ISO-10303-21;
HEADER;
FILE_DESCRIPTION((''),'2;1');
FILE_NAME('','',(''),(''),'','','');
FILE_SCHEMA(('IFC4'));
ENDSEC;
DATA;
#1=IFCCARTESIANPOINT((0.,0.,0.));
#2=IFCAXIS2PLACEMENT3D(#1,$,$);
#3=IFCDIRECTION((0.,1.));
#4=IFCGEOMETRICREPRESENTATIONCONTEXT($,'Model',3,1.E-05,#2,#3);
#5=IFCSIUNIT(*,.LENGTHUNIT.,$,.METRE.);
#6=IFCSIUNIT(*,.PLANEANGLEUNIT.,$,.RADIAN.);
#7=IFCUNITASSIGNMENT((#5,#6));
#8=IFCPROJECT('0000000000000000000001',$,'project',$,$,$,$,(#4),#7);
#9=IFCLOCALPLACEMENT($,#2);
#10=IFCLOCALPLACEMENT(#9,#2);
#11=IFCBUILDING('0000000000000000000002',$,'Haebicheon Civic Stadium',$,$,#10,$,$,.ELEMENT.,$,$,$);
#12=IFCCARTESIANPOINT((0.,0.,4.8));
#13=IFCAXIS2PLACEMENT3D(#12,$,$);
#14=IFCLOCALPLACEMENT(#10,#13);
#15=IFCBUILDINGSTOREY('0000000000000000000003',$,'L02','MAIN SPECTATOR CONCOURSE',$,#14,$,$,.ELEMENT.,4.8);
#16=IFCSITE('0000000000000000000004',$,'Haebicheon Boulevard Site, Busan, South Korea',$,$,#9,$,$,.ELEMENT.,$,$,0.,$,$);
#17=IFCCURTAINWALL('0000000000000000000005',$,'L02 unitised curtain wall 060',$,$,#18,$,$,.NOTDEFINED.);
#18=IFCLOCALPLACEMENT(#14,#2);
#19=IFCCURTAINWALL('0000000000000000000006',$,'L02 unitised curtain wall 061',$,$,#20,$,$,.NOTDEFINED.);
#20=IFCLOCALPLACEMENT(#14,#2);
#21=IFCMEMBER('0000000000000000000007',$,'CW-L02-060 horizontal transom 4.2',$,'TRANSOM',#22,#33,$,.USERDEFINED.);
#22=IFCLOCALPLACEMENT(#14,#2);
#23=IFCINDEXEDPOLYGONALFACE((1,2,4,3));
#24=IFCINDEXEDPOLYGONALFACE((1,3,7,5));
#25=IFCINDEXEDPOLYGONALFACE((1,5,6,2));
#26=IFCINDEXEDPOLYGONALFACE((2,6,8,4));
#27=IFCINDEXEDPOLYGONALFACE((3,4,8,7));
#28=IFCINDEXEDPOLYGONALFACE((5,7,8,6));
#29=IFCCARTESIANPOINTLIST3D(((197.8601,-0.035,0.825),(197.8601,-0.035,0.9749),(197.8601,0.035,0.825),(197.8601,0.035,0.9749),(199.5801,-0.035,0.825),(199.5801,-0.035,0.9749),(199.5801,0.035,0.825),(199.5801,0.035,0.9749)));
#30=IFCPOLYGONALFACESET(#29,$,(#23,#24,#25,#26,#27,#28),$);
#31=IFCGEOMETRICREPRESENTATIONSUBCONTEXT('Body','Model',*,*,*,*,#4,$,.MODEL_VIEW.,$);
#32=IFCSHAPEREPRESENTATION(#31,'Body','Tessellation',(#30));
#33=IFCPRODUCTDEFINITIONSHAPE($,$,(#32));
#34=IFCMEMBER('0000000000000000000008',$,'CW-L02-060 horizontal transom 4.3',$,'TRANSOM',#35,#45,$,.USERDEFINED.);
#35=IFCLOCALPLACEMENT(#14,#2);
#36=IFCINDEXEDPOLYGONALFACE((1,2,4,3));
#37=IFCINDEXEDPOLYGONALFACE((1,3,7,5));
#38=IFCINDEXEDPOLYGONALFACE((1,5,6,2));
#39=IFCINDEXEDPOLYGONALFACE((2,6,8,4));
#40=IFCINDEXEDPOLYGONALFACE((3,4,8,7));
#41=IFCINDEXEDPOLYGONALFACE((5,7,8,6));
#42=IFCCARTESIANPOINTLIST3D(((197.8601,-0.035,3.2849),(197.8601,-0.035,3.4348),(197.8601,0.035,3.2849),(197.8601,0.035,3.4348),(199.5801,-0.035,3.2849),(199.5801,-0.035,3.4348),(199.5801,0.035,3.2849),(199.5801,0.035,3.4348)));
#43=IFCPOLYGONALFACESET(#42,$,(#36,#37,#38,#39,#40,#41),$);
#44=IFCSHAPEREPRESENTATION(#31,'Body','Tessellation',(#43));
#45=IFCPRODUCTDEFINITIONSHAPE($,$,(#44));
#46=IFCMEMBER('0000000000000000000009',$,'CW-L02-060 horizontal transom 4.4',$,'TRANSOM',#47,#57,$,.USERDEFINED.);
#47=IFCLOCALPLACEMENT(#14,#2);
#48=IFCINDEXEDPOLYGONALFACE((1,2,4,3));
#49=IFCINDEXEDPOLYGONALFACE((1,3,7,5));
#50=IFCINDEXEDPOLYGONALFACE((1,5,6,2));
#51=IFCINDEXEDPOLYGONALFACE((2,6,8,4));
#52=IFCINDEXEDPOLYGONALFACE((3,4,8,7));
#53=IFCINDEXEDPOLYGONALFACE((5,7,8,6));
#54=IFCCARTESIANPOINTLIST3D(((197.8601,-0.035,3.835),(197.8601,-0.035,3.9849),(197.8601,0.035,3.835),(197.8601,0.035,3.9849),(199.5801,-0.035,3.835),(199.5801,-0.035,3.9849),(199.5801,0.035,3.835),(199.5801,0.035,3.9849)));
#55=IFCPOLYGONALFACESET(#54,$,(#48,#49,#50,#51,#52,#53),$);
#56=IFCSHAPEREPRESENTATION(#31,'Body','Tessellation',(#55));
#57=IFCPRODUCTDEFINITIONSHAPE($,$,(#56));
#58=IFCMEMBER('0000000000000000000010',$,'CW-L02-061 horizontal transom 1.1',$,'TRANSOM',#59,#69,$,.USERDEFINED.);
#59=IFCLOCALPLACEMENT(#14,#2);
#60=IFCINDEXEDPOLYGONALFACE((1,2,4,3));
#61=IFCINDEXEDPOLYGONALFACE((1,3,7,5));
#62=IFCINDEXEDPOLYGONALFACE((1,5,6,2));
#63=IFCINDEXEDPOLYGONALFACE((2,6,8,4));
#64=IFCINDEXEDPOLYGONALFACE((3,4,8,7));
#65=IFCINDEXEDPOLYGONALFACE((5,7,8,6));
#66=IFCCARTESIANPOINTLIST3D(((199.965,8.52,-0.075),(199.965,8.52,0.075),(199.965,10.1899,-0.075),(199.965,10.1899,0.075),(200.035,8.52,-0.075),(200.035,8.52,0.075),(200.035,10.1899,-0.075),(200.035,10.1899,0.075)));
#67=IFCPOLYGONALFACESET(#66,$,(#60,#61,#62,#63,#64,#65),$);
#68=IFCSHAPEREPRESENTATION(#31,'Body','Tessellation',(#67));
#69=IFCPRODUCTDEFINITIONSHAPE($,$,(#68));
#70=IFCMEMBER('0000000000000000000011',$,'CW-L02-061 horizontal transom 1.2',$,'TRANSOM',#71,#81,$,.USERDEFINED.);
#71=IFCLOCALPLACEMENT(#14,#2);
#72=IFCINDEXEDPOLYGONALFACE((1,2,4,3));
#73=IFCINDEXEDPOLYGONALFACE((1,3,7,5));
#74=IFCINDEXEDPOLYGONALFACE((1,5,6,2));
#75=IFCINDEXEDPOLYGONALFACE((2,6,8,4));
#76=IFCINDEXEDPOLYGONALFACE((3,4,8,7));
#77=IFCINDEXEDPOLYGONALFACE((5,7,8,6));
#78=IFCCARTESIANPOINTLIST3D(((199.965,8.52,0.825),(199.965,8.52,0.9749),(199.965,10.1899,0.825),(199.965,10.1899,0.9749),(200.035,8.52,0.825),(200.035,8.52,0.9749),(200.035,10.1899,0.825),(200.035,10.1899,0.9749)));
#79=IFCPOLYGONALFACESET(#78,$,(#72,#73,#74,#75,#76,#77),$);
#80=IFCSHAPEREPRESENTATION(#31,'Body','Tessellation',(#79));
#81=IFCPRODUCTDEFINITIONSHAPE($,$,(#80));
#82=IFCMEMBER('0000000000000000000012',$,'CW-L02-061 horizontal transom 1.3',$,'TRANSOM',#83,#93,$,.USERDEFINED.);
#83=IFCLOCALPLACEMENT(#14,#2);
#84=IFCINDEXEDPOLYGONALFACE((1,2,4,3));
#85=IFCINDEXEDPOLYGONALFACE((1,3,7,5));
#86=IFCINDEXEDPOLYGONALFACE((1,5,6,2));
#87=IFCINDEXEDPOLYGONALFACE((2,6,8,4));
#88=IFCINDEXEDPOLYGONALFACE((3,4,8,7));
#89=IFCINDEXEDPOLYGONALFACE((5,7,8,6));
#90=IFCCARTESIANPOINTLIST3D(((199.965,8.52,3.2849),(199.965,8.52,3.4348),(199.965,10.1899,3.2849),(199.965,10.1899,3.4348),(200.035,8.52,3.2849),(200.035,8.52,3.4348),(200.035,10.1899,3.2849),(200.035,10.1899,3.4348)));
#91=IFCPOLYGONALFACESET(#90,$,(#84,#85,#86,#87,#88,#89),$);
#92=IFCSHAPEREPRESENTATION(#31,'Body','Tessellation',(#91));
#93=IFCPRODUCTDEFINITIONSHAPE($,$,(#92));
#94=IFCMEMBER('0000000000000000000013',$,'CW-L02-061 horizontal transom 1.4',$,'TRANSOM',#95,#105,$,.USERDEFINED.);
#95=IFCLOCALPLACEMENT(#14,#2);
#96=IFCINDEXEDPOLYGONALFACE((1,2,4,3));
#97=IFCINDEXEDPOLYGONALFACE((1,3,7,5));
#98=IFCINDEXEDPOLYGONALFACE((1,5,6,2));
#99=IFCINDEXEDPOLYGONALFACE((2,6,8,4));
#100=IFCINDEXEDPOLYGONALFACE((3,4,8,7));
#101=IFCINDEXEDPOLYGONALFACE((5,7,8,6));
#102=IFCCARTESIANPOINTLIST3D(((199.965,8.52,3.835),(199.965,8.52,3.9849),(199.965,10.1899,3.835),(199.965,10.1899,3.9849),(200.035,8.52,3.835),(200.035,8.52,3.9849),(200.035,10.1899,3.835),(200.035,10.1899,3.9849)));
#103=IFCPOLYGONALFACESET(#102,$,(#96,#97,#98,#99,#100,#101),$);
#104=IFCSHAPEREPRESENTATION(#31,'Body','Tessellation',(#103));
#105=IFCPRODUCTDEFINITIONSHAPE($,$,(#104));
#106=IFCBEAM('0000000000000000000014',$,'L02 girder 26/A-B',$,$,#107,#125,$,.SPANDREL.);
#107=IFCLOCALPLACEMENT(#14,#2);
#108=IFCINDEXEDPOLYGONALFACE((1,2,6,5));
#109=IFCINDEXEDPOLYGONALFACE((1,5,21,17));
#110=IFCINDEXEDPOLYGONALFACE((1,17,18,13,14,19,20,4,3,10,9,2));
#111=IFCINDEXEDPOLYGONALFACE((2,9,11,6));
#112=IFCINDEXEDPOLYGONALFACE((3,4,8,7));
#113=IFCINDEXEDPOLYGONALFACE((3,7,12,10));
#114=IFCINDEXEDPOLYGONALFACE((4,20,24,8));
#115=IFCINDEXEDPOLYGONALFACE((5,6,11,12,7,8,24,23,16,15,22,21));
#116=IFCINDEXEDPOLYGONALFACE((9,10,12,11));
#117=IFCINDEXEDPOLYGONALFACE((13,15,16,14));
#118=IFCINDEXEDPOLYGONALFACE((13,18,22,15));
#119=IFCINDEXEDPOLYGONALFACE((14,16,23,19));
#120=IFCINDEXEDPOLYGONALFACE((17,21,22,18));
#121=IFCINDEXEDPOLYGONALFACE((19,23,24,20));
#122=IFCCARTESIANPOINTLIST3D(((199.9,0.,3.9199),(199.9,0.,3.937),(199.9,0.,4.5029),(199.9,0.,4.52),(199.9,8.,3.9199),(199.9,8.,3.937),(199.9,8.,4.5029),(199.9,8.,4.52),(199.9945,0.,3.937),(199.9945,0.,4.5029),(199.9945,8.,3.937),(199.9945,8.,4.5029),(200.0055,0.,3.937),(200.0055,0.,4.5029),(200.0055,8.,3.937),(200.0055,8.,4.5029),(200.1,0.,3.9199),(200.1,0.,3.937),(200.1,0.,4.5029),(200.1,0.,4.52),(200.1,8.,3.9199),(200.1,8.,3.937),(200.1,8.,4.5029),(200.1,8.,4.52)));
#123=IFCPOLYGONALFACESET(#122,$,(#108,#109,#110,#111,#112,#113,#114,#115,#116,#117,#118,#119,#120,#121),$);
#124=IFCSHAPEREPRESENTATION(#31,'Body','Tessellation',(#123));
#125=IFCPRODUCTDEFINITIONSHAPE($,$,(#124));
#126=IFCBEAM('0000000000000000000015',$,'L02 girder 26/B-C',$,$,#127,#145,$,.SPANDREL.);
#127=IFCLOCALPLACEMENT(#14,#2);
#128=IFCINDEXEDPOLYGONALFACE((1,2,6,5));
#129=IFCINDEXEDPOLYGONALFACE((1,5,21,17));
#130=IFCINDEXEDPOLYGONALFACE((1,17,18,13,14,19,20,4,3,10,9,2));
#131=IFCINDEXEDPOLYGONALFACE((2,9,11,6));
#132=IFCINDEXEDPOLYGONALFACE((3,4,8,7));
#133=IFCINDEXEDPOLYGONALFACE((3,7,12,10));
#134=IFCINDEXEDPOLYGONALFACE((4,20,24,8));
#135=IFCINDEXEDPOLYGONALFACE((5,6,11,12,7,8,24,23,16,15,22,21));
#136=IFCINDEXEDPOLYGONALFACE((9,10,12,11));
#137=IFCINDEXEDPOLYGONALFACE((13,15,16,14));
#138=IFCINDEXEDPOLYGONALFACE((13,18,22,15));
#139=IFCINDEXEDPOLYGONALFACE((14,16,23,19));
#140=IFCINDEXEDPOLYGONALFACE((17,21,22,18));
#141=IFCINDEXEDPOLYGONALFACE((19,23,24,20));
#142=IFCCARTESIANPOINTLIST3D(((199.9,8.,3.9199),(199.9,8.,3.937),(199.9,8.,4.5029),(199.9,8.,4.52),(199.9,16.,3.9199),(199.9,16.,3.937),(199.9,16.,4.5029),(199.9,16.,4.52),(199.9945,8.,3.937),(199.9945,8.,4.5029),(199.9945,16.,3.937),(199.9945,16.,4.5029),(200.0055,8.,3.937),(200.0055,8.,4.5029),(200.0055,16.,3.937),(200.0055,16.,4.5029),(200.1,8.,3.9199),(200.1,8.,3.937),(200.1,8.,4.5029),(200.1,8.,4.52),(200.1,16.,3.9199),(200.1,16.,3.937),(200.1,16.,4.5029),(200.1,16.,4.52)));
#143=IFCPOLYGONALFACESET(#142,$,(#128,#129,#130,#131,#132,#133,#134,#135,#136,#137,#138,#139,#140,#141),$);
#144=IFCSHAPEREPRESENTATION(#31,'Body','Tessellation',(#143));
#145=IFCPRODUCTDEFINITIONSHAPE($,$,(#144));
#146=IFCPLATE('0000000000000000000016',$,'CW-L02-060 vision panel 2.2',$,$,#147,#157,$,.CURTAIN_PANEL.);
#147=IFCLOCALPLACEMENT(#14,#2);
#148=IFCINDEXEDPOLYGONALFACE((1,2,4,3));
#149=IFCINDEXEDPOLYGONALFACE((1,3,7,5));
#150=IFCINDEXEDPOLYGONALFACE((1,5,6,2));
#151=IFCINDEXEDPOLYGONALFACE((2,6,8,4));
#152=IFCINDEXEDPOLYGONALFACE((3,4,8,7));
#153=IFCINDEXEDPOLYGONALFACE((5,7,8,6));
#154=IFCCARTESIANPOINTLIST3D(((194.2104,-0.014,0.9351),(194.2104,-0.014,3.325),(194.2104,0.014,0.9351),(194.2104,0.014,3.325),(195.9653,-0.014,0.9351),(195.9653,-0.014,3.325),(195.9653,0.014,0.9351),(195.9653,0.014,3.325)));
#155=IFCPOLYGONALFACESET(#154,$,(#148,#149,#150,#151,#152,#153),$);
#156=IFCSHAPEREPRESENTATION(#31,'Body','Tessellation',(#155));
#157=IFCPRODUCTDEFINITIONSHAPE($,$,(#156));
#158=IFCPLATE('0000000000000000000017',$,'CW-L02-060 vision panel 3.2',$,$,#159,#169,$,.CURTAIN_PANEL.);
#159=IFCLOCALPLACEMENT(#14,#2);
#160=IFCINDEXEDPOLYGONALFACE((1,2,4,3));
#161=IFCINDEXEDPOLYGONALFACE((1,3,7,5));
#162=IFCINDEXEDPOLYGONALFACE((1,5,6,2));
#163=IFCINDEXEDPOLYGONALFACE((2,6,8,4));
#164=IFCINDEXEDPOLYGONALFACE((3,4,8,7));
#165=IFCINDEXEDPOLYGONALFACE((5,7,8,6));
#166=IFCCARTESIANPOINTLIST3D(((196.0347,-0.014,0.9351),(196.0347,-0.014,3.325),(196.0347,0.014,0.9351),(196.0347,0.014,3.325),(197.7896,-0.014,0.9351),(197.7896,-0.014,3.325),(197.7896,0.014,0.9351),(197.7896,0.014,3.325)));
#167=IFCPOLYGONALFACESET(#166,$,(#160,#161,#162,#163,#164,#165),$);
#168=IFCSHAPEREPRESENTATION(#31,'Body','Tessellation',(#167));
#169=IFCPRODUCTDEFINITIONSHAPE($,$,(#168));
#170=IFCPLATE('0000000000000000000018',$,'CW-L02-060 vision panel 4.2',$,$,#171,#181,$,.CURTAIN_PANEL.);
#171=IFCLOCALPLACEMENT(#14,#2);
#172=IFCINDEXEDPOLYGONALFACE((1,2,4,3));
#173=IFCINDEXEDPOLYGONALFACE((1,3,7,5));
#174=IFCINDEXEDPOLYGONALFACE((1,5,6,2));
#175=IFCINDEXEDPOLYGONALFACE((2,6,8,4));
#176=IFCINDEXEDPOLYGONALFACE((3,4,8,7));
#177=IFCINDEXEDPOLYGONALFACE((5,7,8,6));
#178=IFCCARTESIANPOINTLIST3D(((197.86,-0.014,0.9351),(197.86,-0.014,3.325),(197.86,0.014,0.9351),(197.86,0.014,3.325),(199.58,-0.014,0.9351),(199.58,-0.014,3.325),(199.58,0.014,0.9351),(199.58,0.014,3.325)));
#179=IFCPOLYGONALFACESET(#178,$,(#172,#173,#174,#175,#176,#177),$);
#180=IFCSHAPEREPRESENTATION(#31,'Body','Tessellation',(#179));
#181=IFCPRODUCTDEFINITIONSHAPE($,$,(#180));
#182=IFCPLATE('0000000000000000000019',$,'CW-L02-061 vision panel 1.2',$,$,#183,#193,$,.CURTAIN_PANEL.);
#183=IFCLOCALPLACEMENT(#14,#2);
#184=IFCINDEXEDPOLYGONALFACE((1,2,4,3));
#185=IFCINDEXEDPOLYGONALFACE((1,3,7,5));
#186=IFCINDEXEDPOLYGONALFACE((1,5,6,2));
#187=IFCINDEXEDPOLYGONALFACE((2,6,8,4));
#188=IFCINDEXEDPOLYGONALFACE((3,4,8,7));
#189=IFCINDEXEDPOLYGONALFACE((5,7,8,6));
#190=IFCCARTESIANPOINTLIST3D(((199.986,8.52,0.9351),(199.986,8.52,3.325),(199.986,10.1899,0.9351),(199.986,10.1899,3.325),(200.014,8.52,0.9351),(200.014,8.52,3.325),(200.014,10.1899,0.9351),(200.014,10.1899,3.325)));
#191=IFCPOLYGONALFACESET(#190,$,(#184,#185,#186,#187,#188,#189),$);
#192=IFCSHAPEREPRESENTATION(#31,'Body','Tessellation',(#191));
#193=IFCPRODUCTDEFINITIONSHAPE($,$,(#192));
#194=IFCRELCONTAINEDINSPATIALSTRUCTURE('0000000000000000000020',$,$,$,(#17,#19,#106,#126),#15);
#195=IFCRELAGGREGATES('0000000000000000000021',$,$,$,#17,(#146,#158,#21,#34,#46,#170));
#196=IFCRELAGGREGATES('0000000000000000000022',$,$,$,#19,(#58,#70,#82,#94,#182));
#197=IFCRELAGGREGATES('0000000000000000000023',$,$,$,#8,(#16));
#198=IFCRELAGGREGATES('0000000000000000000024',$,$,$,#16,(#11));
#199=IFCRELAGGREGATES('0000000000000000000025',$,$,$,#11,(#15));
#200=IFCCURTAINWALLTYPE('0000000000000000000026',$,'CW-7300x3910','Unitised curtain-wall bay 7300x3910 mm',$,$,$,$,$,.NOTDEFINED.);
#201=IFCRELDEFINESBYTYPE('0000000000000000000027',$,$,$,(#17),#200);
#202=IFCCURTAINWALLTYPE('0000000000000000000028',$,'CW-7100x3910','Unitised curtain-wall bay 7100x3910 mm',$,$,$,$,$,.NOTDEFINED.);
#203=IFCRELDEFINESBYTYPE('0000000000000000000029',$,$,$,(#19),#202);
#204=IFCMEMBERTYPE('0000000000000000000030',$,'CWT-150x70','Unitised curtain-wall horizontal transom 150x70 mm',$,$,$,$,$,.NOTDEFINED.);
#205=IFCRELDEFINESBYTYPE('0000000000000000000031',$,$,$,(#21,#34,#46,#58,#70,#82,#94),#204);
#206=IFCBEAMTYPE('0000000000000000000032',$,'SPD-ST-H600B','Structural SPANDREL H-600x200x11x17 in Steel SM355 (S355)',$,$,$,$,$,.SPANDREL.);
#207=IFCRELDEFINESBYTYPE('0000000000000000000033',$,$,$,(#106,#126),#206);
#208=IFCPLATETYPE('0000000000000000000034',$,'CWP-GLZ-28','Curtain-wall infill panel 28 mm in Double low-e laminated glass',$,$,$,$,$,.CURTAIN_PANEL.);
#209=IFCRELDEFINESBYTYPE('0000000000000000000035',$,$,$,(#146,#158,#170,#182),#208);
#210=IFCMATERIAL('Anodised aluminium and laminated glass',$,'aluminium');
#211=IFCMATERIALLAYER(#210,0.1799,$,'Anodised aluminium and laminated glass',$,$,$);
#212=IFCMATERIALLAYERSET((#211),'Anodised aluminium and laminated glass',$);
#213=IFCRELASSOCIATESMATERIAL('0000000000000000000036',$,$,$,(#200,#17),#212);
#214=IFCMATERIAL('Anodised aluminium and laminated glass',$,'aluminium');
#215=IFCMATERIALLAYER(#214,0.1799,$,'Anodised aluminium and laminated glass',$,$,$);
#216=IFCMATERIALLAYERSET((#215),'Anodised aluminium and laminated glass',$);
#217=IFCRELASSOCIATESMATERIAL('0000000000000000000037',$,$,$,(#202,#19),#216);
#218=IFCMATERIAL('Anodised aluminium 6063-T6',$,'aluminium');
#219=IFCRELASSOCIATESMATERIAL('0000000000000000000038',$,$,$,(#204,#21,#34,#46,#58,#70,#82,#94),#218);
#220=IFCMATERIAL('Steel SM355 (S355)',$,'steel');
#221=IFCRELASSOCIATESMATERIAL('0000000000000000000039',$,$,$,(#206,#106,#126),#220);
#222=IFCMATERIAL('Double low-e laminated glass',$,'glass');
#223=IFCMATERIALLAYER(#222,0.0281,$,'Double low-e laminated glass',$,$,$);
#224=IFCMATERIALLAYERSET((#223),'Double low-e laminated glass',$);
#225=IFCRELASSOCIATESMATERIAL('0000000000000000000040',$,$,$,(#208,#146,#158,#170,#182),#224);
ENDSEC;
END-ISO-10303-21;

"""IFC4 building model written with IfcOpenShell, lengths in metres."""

from ifc_helpers import new_model, si_unit, direction, frame, origin, origin_2d, place, context, subcontext, project, spatial, rectangle, i_section, extrude, material, layer, layer_set, material_profile, profile_set, type_object, element, aggregate, save


model = new_model("IFC4")

# Units and contexts
model_context = context("Model", 3, precision=1e-05, world=origin(), true_north=direction((0.0, 1.0)))
body_context = subcontext(model_context, "Body", "Model", "MODEL_VIEW")
ifc_project = project(units=[si_unit("LENGTHUNIT", "METRE"), si_unit("PLANEANGLEUNIT", "RADIAN")], contexts=[model_context])

# Site, building, storey
site_placement = place(None, origin())
site = spatial("IfcSite", under=ifc_project, at=site_placement, Name="Haebicheon Boulevard Site, Busan, South Korea", CompositionType="ELEMENT", RefElevation=0.0)
building_placement = place(site_placement, origin())
building = spatial("IfcBuilding", under=site, at=building_placement, Name="Haebicheon Civic Stadium", CompositionType="ELEMENT")
storey_placement = place(building_placement, frame((0.0, 0.0, 4.8)))
storey = spatial("IfcBuildingStorey", under=building, at=storey_placement, Name="L02", Description="MAIN SPECTATOR CONCOURSE", CompositionType="ELEMENT", Elevation=4.8)

# Curtain wall
ifc_material_1 = material(Name="Anodised aluminium and laminated glass", Category="aluminium")
ifc_layer_1 = layer(ifc_material_1, 0.1799, Name="Anodised aluminium and laminated glass")
ifc_layer_set_1 = layer_set([ifc_layer_1], Name="Anodised aluminium and laminated glass")
curtain_wall_type_1 = type_object("IfcCurtainWallType", Name="CW-7300x3910", Description="Unitised curtain-wall bay 7300x3910 mm", PredefinedType="NOTDEFINED", material=ifc_layer_set_1)
curtain_wall_1_placement = place(storey_placement, origin())
curtain_wall_1 = element("IfcCurtainWall", 1, at=curtain_wall_1_placement, inside=storey, type_object=curtain_wall_type_1, material=ifc_layer_set_1, Name="L02 unitised curtain wall 060", PredefinedType="NOTDEFINED")

# Curtain wall
ifc_material_2 = material(Name="Anodised aluminium and laminated glass", Category="aluminium")
ifc_layer_2 = layer(ifc_material_2, 0.1799, Name="Anodised aluminium and laminated glass")
ifc_layer_set_2 = layer_set([ifc_layer_2], Name="Anodised aluminium and laminated glass")
curtain_wall_type_2 = type_object("IfcCurtainWallType", Name="CW-7100x3910", Description="Unitised curtain-wall bay 7100x3910 mm", PredefinedType="NOTDEFINED", material=ifc_layer_set_2)
curtain_wall_2_placement = place(storey_placement, origin())
curtain_wall_2 = element("IfcCurtainWall", 2, at=curtain_wall_2_placement, inside=storey, type_object=curtain_wall_type_2, material=ifc_layer_set_2, Name="L02 unitised curtain wall 061", PredefinedType="NOTDEFINED")

# Members
ifc_material_3 = material(Name="Anodised aluminium 6063-T6", Category="aluminium")
ifc_material_profile_1 = material_profile(ifc_material_3, rectangle(XDim=0.0701, YDim=0.1499, at=origin_2d()), Name="ALU-TRAN-70x150")
ifc_profile_set_1 = profile_set([ifc_material_profile_1], Name="Anodised aluminium 6063-T6")
member_type_1 = type_object("IfcMemberType", Name="CWT-150x70", Description="Unitised curtain-wall horizontal transom 150x70 mm", PredefinedType="NOTDEFINED", material=ifc_profile_set_1)
member_1_placement = place(storey_placement, frame((197.8601, 0.0, 0.8999), z_axis=(1.0, 0.0, 0.0), x_axis=(0.0, 1.0, 0.0)))
member_1 = element("IfcMember", 3, at=member_1_placement, type_object=member_type_1, material=ifc_profile_set_1, Name="CW-L02-060 horizontal transom 4.2", ObjectType="TRANSOM", PredefinedType="USERDEFINED", context=body_context, shape_type="SweptSolid", body=[
    extrude(rectangle(XDim=0.0701, YDim=0.1499, at=origin_2d()), origin(), (0.0, 0.0, 1.0), 1.72),
])
member_2_placement = place(storey_placement, frame((197.8601, 0.0, 3.3599), z_axis=(1.0, 0.0, 0.0), x_axis=(0.0, 1.0, 0.0)))
member_2 = element("IfcMember", 4, at=member_2_placement, type_object=member_type_1, material=ifc_profile_set_1, Name="CW-L02-060 horizontal transom 4.3", ObjectType="TRANSOM", PredefinedType="USERDEFINED", context=body_context, shape_type="SweptSolid", body=[
    extrude(rectangle(XDim=0.0701, YDim=0.1499, at=origin_2d()), origin(), (0.0, 0.0, 1.0), 1.72),
])
member_3_placement = place(storey_placement, frame((197.8601, 0.0, 3.9099), z_axis=(1.0, 0.0, 0.0), x_axis=(0.0, 1.0, 0.0)))
member_3 = element("IfcMember", 5, at=member_3_placement, type_object=member_type_1, material=ifc_profile_set_1, Name="CW-L02-060 horizontal transom 4.4", ObjectType="TRANSOM", PredefinedType="USERDEFINED", context=body_context, shape_type="SweptSolid", body=[
    extrude(rectangle(XDim=0.0701, YDim=0.1499, at=origin_2d()), origin(), (0.0, 0.0, 1.0), 1.72),
])
member_4_placement = place(storey_placement, frame((200.0, 8.52, 0.0), z_axis=(0.0, 1.0, 0.0), x_axis=(-1.0, 0.0, 0.0)))
member_4 = element("IfcMember", 6, at=member_4_placement, type_object=member_type_1, material=ifc_profile_set_1, Name="CW-L02-061 horizontal transom 1.1", ObjectType="TRANSOM", PredefinedType="USERDEFINED", context=body_context, shape_type="SweptSolid", body=[
    extrude(rectangle(XDim=0.0701, YDim=0.1499, at=origin_2d()), origin(), (0.0, 0.0, 1.0), 1.6699),
])
member_5_placement = place(storey_placement, frame((200.0, 8.52, 0.8999), z_axis=(0.0, 1.0, 0.0), x_axis=(-1.0, 0.0, 0.0)))
member_5 = element("IfcMember", 7, at=member_5_placement, type_object=member_type_1, material=ifc_profile_set_1, Name="CW-L02-061 horizontal transom 1.2", ObjectType="TRANSOM", PredefinedType="USERDEFINED", context=body_context, shape_type="SweptSolid", body=[
    extrude(rectangle(XDim=0.0701, YDim=0.1499, at=origin_2d()), origin(), (0.0, 0.0, 1.0), 1.6699),
])
member_6_placement = place(storey_placement, frame((200.0, 8.52, 3.3599), z_axis=(0.0, 1.0, 0.0), x_axis=(-1.0, 0.0, 0.0)))
member_6 = element("IfcMember", 8, at=member_6_placement, type_object=member_type_1, material=ifc_profile_set_1, Name="CW-L02-061 horizontal transom 1.3", ObjectType="TRANSOM", PredefinedType="USERDEFINED", context=body_context, shape_type="SweptSolid", body=[
    extrude(rectangle(XDim=0.0701, YDim=0.1499, at=origin_2d()), origin(), (0.0, 0.0, 1.0), 1.6699),
])
member_7_placement = place(storey_placement, frame((200.0, 8.52, 3.9099), z_axis=(0.0, 1.0, 0.0), x_axis=(-1.0, 0.0, 0.0)))
member_7 = element("IfcMember", 9, at=member_7_placement, type_object=member_type_1, material=ifc_profile_set_1, Name="CW-L02-061 horizontal transom 1.4", ObjectType="TRANSOM", PredefinedType="USERDEFINED", context=body_context, shape_type="SweptSolid", body=[
    extrude(rectangle(XDim=0.0701, YDim=0.1499, at=origin_2d()), origin(), (0.0, 0.0, 1.0), 1.6699),
])

# Beams
ifc_material_4 = material(Name="Steel SM355 (S355)", Category="steel")
ifc_material_profile_2 = material_profile(ifc_material_4, i_section(OverallWidth=0.2, OverallDepth=0.6001, WebThickness=0.011, FlangeThickness=0.0171, at=origin_2d()), Name="H-600x200x11x17")
ifc_profile_set_2 = profile_set([ifc_material_profile_2], Name="Steel SM355 (S355)")
beam_type = type_object("IfcBeamType", Name="SPD-ST-H600B", Description="Structural SPANDREL H-600x200x11x17 in Steel SM355 (S355)", PredefinedType="SPANDREL", material=ifc_profile_set_2)
for number, where, z_axis, x_axis, name in (
    (10, (200.0, 0.0, 4.22), (0.0, 1.0, 0.0), (-1.0, 0.0, 0.0), "L02 girder 26/A-B"),
    (11, (200.0, 8.0, 4.22), (0.0, 1.0, 0.0), (-1.0, 0.0, 0.0), "L02 girder 26/B-C"),
):
    element("IfcBeam", number, at=place(storey_placement, frame(where, z_axis=z_axis, x_axis=x_axis)), inside=storey, type_object=beam_type, material=ifc_profile_set_2, Name=name, PredefinedType="SPANDREL", context=body_context, shape_type="SweptSolid", body=[
        extrude(i_section(OverallWidth=0.2, OverallDepth=0.6001, WebThickness=0.011, FlangeThickness=0.0171, at=origin_2d()), origin(), (0.0, 0.0, 1.0), 8.0),
    ])

# Plates
ifc_material_5 = material(Name="Double low-e laminated glass", Category="glass")
ifc_layer_3 = layer(ifc_material_5, 0.0281, Name="Double low-e laminated glass")
ifc_layer_set_3 = layer_set([ifc_layer_3], Name="Double low-e laminated glass")
plate_type_1 = type_object("IfcPlateType", Name="CWP-GLZ-28", Description="Curtain-wall infill panel 28 mm in Double low-e laminated glass", PredefinedType="CURTAIN_PANEL", material=ifc_layer_set_3)
plate_1_placement = place(storey_placement, frame((195.0879, 0.0, 0.9351), z_axis=(0.0, 0.0, 1.0), x_axis=(1.0, 0.0, 0.0)))
plate_1 = element("IfcPlate", 12, at=plate_1_placement, type_object=plate_type_1, material=ifc_layer_set_3, Name="CW-L02-060 vision panel 2.2", PredefinedType="CURTAIN_PANEL", context=body_context, shape_type="SweptSolid", body=[
    extrude(rectangle(XDim=1.7549, YDim=0.0281, at=origin_2d()), origin(), (0.0, 0.0, 1.0), 2.3899),
])
plate_2_placement = place(storey_placement, frame((196.9121, 0.0, 0.9351), z_axis=(0.0, 0.0, 1.0), x_axis=(1.0, 0.0, 0.0)))
plate_2 = element("IfcPlate", 13, at=plate_2_placement, type_object=plate_type_1, material=ifc_layer_set_3, Name="CW-L02-060 vision panel 3.2", PredefinedType="CURTAIN_PANEL", context=body_context, shape_type="SweptSolid", body=[
    extrude(rectangle(XDim=1.7549, YDim=0.0281, at=origin_2d()), origin(), (0.0, 0.0, 1.0), 2.3899),
])
plate_3_placement = place(storey_placement, frame((198.72, 0.0, 0.9351), z_axis=(0.0, 0.0, 1.0), x_axis=(1.0, 0.0, 0.0)))
plate_3 = element("IfcPlate", 14, at=plate_3_placement, type_object=plate_type_1, material=ifc_layer_set_3, Name="CW-L02-060 vision panel 4.2", PredefinedType="CURTAIN_PANEL", context=body_context, shape_type="SweptSolid", body=[
    extrude(rectangle(XDim=1.72, YDim=0.0281, at=origin_2d()), origin(), (0.0, 0.0, 1.0), 2.3899),
])
plate_4_placement = place(storey_placement, frame((200.0, 9.355, 0.9351), z_axis=(0.0, 0.0, 1.0), x_axis=(0.0, 1.0, 0.0)))
plate_4 = element("IfcPlate", 15, at=plate_4_placement, type_object=plate_type_1, material=ifc_layer_set_3, Name="CW-L02-061 vision panel 1.2", PredefinedType="CURTAIN_PANEL", context=body_context, shape_type="SweptSolid", body=[
    extrude(rectangle(XDim=1.6699, YDim=0.0281, at=origin_2d()), origin(), (0.0, 0.0, 1.0), 2.3899),
])
aggregate(curtain_wall_1, [plate_1, plate_2, member_1, member_2, member_3, plate_3])
aggregate(curtain_wall_2, [member_4, member_5, member_6, member_7, plate_4])

save(model, "model.ifc")
